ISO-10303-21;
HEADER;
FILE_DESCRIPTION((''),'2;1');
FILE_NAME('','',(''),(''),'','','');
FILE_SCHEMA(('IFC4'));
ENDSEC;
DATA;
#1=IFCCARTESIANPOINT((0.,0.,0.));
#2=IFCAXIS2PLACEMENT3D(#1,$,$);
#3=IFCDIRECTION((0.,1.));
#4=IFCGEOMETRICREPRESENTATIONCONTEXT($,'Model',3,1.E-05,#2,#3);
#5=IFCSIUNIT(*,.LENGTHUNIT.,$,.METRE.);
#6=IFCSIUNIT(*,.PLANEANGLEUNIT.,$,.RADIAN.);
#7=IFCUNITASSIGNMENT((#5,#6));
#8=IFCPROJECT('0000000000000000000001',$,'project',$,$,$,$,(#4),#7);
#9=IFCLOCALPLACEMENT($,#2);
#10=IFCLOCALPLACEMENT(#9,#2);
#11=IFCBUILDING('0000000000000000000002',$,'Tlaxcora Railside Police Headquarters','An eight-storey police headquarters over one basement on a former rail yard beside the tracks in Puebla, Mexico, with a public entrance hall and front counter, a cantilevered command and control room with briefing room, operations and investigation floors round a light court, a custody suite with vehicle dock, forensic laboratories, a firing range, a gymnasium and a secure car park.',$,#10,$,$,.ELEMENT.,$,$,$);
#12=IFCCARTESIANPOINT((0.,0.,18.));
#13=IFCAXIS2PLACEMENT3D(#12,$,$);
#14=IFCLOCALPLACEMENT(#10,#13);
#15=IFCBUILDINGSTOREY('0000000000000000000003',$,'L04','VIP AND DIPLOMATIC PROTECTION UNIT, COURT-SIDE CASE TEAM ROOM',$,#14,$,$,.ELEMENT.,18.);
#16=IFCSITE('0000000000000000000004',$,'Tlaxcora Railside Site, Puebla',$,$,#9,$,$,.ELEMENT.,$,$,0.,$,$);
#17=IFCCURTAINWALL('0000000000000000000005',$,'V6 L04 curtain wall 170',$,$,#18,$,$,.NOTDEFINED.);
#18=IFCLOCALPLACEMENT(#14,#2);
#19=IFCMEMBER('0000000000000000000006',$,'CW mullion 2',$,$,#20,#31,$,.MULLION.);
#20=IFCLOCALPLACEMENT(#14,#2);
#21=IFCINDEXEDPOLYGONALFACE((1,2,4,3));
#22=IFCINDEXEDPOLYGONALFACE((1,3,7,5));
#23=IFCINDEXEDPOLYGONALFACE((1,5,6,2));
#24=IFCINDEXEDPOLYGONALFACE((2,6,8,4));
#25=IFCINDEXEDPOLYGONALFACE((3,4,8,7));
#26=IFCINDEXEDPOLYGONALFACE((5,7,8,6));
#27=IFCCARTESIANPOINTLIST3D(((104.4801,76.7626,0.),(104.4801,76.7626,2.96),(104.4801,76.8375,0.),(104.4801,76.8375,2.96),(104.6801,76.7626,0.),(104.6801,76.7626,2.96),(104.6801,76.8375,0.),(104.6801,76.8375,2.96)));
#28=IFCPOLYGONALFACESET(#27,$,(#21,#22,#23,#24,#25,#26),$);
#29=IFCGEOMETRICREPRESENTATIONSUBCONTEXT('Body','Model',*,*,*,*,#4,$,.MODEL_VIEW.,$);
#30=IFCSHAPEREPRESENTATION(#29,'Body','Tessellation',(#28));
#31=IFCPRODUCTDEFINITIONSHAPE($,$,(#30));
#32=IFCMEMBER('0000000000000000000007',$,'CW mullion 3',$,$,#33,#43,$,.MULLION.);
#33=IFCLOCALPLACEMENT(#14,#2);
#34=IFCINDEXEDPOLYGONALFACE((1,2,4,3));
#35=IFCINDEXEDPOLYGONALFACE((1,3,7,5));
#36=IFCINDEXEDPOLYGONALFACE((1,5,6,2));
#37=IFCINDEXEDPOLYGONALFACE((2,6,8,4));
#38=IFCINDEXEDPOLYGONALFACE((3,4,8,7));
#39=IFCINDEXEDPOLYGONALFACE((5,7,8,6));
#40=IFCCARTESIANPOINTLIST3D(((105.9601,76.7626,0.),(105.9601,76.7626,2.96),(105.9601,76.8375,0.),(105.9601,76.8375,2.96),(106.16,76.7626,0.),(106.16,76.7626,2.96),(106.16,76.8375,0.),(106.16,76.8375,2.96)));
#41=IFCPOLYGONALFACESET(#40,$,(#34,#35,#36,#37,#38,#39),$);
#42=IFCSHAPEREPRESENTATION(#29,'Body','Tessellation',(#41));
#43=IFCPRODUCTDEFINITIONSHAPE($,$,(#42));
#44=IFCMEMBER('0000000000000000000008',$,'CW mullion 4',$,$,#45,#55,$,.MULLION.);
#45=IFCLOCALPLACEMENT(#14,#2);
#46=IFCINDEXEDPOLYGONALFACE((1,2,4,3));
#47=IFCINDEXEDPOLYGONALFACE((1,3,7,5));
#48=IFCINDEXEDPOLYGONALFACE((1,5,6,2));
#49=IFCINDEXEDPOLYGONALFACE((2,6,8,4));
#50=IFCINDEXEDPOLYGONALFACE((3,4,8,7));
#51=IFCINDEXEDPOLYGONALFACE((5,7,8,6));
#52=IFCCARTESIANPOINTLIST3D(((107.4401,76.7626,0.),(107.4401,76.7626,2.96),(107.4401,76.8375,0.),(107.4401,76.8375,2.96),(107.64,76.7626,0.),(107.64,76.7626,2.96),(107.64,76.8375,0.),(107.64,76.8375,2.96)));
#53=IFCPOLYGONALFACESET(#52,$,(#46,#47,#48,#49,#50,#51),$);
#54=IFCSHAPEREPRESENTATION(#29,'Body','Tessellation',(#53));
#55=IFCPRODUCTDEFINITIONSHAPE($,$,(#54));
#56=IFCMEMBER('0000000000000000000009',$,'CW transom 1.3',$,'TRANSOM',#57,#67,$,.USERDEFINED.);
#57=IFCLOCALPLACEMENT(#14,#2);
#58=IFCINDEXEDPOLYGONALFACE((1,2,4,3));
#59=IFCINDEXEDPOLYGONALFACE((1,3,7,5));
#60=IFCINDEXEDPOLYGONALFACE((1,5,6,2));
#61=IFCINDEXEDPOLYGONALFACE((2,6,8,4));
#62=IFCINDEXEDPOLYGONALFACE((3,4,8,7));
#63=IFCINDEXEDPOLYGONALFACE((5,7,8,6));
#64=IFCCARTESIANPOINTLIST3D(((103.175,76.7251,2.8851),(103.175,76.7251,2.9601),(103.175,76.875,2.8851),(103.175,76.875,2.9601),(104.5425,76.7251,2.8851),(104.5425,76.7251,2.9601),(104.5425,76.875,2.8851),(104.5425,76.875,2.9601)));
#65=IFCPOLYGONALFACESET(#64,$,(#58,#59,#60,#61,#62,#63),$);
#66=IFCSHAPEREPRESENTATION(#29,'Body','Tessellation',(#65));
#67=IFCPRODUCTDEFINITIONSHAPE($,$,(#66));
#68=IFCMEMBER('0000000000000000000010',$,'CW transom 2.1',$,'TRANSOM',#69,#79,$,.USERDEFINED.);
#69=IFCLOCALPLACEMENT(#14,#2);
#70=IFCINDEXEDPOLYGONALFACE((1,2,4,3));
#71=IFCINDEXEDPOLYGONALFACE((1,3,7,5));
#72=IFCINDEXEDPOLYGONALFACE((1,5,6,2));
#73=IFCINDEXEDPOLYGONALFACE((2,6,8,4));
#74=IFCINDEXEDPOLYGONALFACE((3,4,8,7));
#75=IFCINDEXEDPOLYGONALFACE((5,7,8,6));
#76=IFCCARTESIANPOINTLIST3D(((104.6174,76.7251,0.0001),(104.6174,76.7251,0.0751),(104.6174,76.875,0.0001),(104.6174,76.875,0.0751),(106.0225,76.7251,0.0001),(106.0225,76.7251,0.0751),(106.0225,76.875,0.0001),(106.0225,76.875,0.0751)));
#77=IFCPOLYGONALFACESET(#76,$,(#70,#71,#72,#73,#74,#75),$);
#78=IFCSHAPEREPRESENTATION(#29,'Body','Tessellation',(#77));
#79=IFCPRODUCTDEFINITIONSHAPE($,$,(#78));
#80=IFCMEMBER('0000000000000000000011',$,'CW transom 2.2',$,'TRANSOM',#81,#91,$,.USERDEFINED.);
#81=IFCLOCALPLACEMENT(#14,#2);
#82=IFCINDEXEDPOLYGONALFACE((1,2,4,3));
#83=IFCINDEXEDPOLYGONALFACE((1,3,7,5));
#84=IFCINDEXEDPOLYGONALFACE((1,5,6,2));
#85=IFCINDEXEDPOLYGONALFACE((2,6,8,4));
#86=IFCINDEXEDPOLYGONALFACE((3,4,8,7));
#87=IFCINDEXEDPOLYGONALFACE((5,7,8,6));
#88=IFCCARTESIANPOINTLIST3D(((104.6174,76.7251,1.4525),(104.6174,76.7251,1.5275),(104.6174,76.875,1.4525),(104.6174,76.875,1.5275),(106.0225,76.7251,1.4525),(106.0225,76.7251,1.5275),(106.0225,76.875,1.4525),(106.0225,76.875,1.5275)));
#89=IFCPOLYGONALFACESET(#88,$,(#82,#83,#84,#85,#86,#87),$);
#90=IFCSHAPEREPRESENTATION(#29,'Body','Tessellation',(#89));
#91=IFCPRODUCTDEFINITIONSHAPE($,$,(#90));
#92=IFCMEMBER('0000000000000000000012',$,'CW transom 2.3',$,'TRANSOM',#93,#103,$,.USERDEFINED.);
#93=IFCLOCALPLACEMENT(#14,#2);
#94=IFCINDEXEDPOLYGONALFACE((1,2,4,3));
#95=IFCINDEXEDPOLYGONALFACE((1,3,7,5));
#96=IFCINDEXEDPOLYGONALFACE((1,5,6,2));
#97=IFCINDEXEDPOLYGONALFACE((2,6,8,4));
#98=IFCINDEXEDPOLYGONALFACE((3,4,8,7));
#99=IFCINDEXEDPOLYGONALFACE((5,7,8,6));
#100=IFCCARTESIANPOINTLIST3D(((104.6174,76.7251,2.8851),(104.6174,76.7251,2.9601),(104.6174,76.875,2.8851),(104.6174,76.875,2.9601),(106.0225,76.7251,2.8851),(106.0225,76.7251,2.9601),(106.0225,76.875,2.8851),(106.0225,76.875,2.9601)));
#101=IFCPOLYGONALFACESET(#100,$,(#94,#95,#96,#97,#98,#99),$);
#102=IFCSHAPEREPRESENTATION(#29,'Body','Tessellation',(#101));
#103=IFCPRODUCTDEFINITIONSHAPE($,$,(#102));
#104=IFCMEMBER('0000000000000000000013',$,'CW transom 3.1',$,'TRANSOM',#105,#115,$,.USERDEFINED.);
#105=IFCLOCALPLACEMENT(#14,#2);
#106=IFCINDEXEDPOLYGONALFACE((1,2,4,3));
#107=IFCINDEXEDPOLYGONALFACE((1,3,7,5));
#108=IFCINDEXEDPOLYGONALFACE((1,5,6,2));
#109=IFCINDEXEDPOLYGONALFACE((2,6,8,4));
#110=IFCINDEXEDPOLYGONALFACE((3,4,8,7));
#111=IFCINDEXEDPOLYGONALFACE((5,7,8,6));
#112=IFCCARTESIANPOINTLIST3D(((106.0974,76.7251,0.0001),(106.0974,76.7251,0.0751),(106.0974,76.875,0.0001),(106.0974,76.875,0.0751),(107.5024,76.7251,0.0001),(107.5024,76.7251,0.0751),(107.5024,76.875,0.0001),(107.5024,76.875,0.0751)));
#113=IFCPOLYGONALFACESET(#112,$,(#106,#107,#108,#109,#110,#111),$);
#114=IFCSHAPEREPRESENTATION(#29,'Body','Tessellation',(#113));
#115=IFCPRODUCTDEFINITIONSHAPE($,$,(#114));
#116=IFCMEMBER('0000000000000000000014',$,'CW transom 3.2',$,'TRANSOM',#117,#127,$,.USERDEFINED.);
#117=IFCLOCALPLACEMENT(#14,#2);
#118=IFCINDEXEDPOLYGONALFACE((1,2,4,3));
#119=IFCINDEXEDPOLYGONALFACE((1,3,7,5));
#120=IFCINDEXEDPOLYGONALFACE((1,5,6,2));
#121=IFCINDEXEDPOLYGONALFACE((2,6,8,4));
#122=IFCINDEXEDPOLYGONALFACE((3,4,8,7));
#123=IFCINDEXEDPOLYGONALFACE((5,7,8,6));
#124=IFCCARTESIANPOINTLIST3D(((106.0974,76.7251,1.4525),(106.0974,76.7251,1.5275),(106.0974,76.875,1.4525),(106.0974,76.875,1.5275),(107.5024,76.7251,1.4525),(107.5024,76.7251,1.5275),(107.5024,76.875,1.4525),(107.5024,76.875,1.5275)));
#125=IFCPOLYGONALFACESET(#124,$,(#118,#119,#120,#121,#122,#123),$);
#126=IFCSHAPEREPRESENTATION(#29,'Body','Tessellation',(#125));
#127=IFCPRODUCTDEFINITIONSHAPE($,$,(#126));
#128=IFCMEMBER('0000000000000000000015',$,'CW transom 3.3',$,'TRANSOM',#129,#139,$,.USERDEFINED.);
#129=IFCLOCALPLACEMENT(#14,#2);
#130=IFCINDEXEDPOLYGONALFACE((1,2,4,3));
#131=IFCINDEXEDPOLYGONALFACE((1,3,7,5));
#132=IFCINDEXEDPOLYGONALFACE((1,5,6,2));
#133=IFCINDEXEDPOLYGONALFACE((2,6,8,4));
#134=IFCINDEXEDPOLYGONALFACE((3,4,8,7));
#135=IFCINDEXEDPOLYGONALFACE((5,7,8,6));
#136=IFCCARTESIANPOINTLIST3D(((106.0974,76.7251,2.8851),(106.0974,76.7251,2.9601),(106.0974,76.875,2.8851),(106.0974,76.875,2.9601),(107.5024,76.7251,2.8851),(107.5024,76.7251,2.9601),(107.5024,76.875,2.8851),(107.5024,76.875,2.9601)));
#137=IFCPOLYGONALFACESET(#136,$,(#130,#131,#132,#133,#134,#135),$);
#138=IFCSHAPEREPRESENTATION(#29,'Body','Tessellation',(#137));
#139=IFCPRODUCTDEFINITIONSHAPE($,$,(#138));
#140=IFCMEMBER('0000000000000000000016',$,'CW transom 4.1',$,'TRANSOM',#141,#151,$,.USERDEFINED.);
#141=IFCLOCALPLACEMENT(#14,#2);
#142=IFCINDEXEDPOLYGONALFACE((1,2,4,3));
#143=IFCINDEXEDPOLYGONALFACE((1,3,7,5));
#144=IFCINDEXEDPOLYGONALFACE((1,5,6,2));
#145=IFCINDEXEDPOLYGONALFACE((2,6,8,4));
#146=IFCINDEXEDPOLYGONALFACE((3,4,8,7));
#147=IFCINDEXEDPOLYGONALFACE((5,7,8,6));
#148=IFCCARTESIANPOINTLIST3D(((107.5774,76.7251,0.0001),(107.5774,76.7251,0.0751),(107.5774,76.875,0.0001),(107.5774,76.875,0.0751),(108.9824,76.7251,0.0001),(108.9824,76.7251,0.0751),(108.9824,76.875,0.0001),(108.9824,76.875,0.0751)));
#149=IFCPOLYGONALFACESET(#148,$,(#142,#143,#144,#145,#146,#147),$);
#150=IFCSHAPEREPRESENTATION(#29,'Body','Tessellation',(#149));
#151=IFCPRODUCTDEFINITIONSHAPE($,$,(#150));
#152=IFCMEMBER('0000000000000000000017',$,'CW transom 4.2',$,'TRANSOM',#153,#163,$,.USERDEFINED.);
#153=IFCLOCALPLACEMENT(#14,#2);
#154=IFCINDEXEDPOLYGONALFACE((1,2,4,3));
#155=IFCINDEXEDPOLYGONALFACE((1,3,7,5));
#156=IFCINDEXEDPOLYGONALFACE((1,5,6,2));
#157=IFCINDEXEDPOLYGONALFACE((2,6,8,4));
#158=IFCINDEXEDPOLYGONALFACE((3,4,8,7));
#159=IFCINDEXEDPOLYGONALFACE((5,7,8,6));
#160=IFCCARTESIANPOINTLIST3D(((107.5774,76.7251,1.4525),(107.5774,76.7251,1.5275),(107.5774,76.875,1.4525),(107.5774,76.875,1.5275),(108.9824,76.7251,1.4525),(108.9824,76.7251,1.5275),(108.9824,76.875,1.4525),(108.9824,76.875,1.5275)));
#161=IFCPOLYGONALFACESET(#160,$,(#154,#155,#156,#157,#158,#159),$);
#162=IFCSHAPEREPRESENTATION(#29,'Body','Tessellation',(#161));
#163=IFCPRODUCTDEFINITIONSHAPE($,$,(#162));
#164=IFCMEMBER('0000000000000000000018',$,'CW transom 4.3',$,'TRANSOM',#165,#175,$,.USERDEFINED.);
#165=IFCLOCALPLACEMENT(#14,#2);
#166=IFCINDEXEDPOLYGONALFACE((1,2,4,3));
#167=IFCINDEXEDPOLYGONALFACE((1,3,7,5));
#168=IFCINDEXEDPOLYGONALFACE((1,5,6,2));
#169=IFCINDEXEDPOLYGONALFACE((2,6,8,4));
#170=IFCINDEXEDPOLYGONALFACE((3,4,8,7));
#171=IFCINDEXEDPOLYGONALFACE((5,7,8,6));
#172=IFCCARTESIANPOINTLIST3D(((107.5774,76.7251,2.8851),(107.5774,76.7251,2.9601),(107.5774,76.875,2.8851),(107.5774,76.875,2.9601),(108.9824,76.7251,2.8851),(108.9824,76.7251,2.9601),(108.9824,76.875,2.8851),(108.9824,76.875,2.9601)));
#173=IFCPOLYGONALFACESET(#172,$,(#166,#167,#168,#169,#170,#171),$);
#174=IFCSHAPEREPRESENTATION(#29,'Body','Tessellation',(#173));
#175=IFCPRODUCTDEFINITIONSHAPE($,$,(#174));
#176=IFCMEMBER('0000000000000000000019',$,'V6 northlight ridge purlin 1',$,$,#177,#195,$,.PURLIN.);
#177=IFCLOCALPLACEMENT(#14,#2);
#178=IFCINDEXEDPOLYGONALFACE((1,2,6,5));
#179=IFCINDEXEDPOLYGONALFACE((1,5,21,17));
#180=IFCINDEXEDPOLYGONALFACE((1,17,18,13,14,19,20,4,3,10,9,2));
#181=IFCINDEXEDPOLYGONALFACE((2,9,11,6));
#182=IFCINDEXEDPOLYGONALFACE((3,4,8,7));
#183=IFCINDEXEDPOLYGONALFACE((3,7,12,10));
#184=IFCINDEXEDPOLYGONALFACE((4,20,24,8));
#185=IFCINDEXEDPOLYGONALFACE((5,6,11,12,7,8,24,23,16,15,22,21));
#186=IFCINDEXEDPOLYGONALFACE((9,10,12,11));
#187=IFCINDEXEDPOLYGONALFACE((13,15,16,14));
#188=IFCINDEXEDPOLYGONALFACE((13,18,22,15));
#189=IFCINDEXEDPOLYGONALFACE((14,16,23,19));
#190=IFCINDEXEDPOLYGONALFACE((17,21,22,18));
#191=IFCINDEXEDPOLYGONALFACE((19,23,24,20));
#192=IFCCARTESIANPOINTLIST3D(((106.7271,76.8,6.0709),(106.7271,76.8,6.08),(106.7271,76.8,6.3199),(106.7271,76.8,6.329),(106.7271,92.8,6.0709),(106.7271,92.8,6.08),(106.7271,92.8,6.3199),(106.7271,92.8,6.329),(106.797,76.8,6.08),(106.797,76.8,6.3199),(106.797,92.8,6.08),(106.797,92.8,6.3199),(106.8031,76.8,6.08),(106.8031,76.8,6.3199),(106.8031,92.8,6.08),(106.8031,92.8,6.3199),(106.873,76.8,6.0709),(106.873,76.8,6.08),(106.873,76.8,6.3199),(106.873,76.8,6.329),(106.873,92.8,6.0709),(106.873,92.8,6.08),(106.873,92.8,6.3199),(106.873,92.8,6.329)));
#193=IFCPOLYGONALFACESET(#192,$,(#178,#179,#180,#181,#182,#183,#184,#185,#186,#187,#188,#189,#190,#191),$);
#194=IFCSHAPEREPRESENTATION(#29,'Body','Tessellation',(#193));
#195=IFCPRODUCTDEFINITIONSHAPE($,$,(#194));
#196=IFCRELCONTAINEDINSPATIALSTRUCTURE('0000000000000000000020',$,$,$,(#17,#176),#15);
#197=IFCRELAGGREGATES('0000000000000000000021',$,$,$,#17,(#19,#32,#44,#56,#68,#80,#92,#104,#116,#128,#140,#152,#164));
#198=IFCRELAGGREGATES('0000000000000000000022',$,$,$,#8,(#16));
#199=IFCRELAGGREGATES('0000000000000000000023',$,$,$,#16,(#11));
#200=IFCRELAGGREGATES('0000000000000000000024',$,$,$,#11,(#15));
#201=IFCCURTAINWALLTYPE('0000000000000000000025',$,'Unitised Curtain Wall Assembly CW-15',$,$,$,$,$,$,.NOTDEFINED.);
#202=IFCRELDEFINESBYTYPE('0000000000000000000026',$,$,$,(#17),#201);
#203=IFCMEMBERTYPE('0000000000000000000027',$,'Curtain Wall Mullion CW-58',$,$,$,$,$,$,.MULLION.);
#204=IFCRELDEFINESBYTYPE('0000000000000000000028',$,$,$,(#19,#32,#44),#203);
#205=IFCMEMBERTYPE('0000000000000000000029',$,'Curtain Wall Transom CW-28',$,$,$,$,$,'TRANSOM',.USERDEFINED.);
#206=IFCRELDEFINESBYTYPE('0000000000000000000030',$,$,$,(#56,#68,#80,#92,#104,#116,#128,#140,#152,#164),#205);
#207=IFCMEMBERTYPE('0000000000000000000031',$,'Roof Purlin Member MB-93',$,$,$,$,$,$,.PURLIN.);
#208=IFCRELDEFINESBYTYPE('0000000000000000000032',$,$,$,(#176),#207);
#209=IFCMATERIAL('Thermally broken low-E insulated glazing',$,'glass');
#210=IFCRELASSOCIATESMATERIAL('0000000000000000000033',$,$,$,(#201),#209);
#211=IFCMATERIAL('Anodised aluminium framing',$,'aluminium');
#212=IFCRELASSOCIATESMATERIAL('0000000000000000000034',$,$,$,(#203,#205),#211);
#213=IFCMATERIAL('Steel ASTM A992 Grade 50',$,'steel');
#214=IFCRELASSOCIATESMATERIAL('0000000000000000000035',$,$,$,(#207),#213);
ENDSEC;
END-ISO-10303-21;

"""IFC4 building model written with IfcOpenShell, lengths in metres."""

from ifc_helpers import new_model, si_unit, direction, frame, origin, origin_2d, place, context, subcontext, project, spatial, rectangle, i_section, extrude, material, material_profile, profile_set, type_object, element, aggregate, save


model = new_model("IFC4")

# Units and contexts
model_context = context("Model", 3, precision=1e-05, world=origin(), true_north=direction((0.0, 1.0)))
body_context = subcontext(model_context, "Body", "Model", "MODEL_VIEW")
ifc_project = project(units=[si_unit("LENGTHUNIT", "METRE"), si_unit("PLANEANGLEUNIT", "RADIAN")], contexts=[model_context])

# Site, building, storey
site_placement = place(None, origin())
site = spatial("IfcSite", under=ifc_project, at=site_placement, Name="Tlaxcora Railside Site, Puebla", CompositionType="ELEMENT", RefElevation=0.0)
building_placement = place(site_placement, origin())
building = spatial("IfcBuilding", under=site, at=building_placement, Name="Tlaxcora Railside Police Headquarters", Description="An eight-storey police headquarters over one basement on a former rail yard beside the tracks in Puebla, Mexico, with a public entrance hall and front counter, a cantilevered command and control room with briefing room, operations and investigation floors round a light court, a custody suite with vehicle dock, forensic laboratories, a firing range, a gymnasium and a secure car park.", CompositionType="ELEMENT")
storey_placement = place(building_placement, frame((0.0, 0.0, 18.0)))
storey = spatial("IfcBuildingStorey", under=building, at=storey_placement, Name="L04", Description="VIP AND DIPLOMATIC PROTECTION UNIT, COURT-SIDE CASE TEAM ROOM", CompositionType="ELEMENT", Elevation=18.0)

# Curtain wall, members
ifc_material_1 = material(Name="Thermally broken low-E insulated glazing", Category="glass")
curtain_wall_type = type_object("IfcCurtainWallType", Name="Unitised Curtain Wall Assembly CW-15", PredefinedType="NOTDEFINED", material=ifc_material_1)
curtain_wall_placement = place(storey_placement, origin())
curtain_wall = element("IfcCurtainWall", 1, at=curtain_wall_placement, inside=storey, type_object=curtain_wall_type, Name="V6 L04 curtain wall 170", PredefinedType="NOTDEFINED")
ifc_material_2 = material(Name="Anodised aluminium framing", Category="aluminium")
ifc_material_profile_1 = material_profile(ifc_material_2, rectangle(XDim=0.075, YDim=0.2, at=origin_2d()), Name="AL75X200")
ifc_profile_set_1 = profile_set([ifc_material_profile_1], Name="Anodised aluminium framing")
member_type_1 = type_object("IfcMemberType", Name="Curtain Wall Mullion CW-58", PredefinedType="MULLION", material=ifc_profile_set_1)
member_1_placement = place(storey_placement, frame((104.5801, 76.8, 0.0), z_axis=(0.0, 0.0, 1.0), x_axis=(0.0, 1.0, 0.0)))
member_1 = element("IfcMember", 2, at=member_1_placement, type_object=member_type_1, Name="CW mullion 2", PredefinedType="MULLION", context=body_context, shape_type="SweptSolid", body=[
    extrude(rectangle(XDim=0.075, YDim=0.2, at=origin_2d()), origin(), (0.0, 0.0, 1.0), 2.96),
])
member_2_placement = place(storey_placement, frame((106.0601, 76.8, 0.0), z_axis=(0.0, 0.0, 1.0), x_axis=(0.0, 1.0, 0.0)))
member_2 = element("IfcMember", 3, at=member_2_placement, type_object=member_type_1, Name="CW mullion 3", PredefinedType="MULLION", context=body_context, shape_type="SweptSolid", body=[
    extrude(rectangle(XDim=0.075, YDim=0.2, at=origin_2d()), origin(), (0.0, 0.0, 1.0), 2.96),
])
member_3_placement = place(storey_placement, frame((107.54, 76.8, 0.0), z_axis=(0.0, 0.0, 1.0), x_axis=(0.0, 1.0, 0.0)))
member_3 = element("IfcMember", 4, at=member_3_placement, type_object=member_type_1, Name="CW mullion 4", PredefinedType="MULLION", context=body_context, shape_type="SweptSolid", body=[
    extrude(rectangle(XDim=0.075, YDim=0.2, at=origin_2d()), origin(), (0.0, 0.0, 1.0), 2.96),
])
ifc_material_profile_2 = material_profile(ifc_material_2, rectangle(XDim=0.1499, YDim=0.075, at=origin_2d()), Name="AL75X150")
ifc_profile_set_2 = profile_set([ifc_material_profile_2], Name="Anodised aluminium framing")
member_type_2 = type_object("IfcMemberType", Name="Curtain Wall Transom CW-28", ElementType="TRANSOM", PredefinedType="USERDEFINED", material=ifc_profile_set_2)
member_4_placement = place(storey_placement, frame((103.175, 76.8, 2.9226), z_axis=(1.0, 0.0, 0.0), x_axis=(0.0, 1.0, 0.0)))
member_4 = element("IfcMember", 5, at=member_4_placement, type_object=member_type_2, Name="CW transom 1.3", ObjectType="TRANSOM", PredefinedType="USERDEFINED", context=body_context, shape_type="SweptSolid", body=[
    extrude(rectangle(XDim=0.1499, YDim=0.075, at=origin_2d()), origin(), (0.0, 0.0, 1.0), 1.3674),
])
member_5_placement = place(storey_placement, frame((104.6174, 76.8, 0.0376), z_axis=(1.0, 0.0, 0.0), x_axis=(0.0, 1.0, 0.0)))
member_5 = element("IfcMember", 6, at=member_5_placement, type_object=member_type_2, Name="CW transom 2.1", ObjectType="TRANSOM", PredefinedType="USERDEFINED", context=body_context, shape_type="SweptSolid", body=[
    extrude(rectangle(XDim=0.1499, YDim=0.075, at=origin_2d()), origin(), (0.0, 0.0, 1.0), 1.405),
])
member_6_placement = place(storey_placement, frame((104.6174, 76.8, 1.49), z_axis=(1.0, 0.0, 0.0), x_axis=(0.0, 1.0, 0.0)))
member_6 = element("IfcMember", 7, at=member_6_placement, type_object=member_type_2, Name="CW transom 2.2", ObjectType="TRANSOM", PredefinedType="USERDEFINED", context=body_context, shape_type="SweptSolid", body=[
    extrude(rectangle(XDim=0.1499, YDim=0.075, at=origin_2d()), origin(), (0.0, 0.0, 1.0), 1.405),
])
member_7_placement = place(storey_placement, frame((104.6174, 76.8, 2.9226), z_axis=(1.0, 0.0, 0.0), x_axis=(0.0, 1.0, 0.0)))
member_7 = element("IfcMember", 8, at=member_7_placement, type_object=member_type_2, Name="CW transom 2.3", ObjectType="TRANSOM", PredefinedType="USERDEFINED", context=body_context, shape_type="SweptSolid", body=[
    extrude(rectangle(XDim=0.1499, YDim=0.075, at=origin_2d()), origin(), (0.0, 0.0, 1.0), 1.405),
])
member_8_placement = place(storey_placement, frame((106.0974, 76.8, 0.0376), z_axis=(1.0, 0.0, 0.0), x_axis=(0.0, 1.0, 0.0)))
member_8 = element("IfcMember", 9, at=member_8_placement, type_object=member_type_2, Name="CW transom 3.1", ObjectType="TRANSOM", PredefinedType="USERDEFINED", context=body_context, shape_type="SweptSolid", body=[
    extrude(rectangle(XDim=0.1499, YDim=0.075, at=origin_2d()), origin(), (0.0, 0.0, 1.0), 1.405),
])
member_9_placement = place(storey_placement, frame((106.0974, 76.8, 1.49), z_axis=(1.0, 0.0, 0.0), x_axis=(0.0, 1.0, 0.0)))
member_9 = element("IfcMember", 10, at=member_9_placement, type_object=member_type_2, Name="CW transom 3.2", ObjectType="TRANSOM", PredefinedType="USERDEFINED", context=body_context, shape_type="SweptSolid", body=[
    extrude(rectangle(XDim=0.1499, YDim=0.075, at=origin_2d()), origin(), (0.0, 0.0, 1.0), 1.405),
])
member_10_placement = place(storey_placement, frame((106.0974, 76.8, 2.9226), z_axis=(1.0, 0.0, 0.0), x_axis=(0.0, 1.0, 0.0)))
member_10 = element("IfcMember", 11, at=member_10_placement, type_object=member_type_2, Name="CW transom 3.3", ObjectType="TRANSOM", PredefinedType="USERDEFINED", context=body_context, shape_type="SweptSolid", body=[
    extrude(rectangle(XDim=0.1499, YDim=0.075, at=origin_2d()), origin(), (0.0, 0.0, 1.0), 1.405),
])
member_11_placement = place(storey_placement, frame((107.5774, 76.8, 0.0376), z_axis=(1.0, 0.0, 0.0), x_axis=(0.0, 1.0, 0.0)))
member_11 = element("IfcMember", 12, at=member_11_placement, type_object=member_type_2, Name="CW transom 4.1", ObjectType="TRANSOM", PredefinedType="USERDEFINED", context=body_context, shape_type="SweptSolid", body=[
    extrude(rectangle(XDim=0.1499, YDim=0.075, at=origin_2d()), origin(), (0.0, 0.0, 1.0), 1.405),
])
member_12_placement = place(storey_placement, frame((107.5774, 76.8, 1.49), z_axis=(1.0, 0.0, 0.0), x_axis=(0.0, 1.0, 0.0)))
member_12 = element("IfcMember", 13, at=member_12_placement, type_object=member_type_2, Name="CW transom 4.2", ObjectType="TRANSOM", PredefinedType="USERDEFINED", context=body_context, shape_type="SweptSolid", body=[
    extrude(rectangle(XDim=0.1499, YDim=0.075, at=origin_2d()), origin(), (0.0, 0.0, 1.0), 1.405),
])
member_13_placement = place(storey_placement, frame((107.5774, 76.8, 2.9226), z_axis=(1.0, 0.0, 0.0), x_axis=(0.0, 1.0, 0.0)))
member_13 = element("IfcMember", 14, at=member_13_placement, type_object=member_type_2, Name="CW transom 4.3", ObjectType="TRANSOM", PredefinedType="USERDEFINED", context=body_context, shape_type="SweptSolid", body=[
    extrude(rectangle(XDim=0.1499, YDim=0.075, at=origin_2d()), origin(), (0.0, 0.0, 1.0), 1.405),
])

# Member
ifc_material_3 = material(Name="Steel ASTM A992 Grade 50", Category="steel")
ifc_material_profile_3 = material_profile(ifc_material_3, i_section(OverallWidth=0.146, OverallDepth=0.2581, WebThickness=0.0061, FlangeThickness=0.009, at=origin_2d()), Name="W10X22")
ifc_profile_set_3 = profile_set([ifc_material_profile_3], Name="Steel ASTM A992 Grade 50")
member_type_3 = type_object("IfcMemberType", Name="Roof Purlin Member MB-93", PredefinedType="PURLIN", material=ifc_profile_set_3)
member_14_placement = place(storey_placement, frame((106.8, 76.8, 6.2), z_axis=(0.0, 1.0, 0.0), x_axis=(-1.0, 0.0, 0.0)))
element("IfcMember", 15, at=member_14_placement, inside=storey, type_object=member_type_3, Name="V6 northlight ridge purlin 1", PredefinedType="PURLIN", context=body_context, shape_type="SweptSolid", body=[
    extrude(i_section(OverallWidth=0.146, OverallDepth=0.2581, WebThickness=0.0061, FlangeThickness=0.009, at=origin_2d()), origin(), (0.0, 0.0, 1.0), 16.0),
])

aggregate(curtain_wall, [member_1, member_2, member_3, member_4, member_5, member_6, member_7, member_8, member_9, member_10, member_11, member_12, member_13])

save(model, "model.ifc")
